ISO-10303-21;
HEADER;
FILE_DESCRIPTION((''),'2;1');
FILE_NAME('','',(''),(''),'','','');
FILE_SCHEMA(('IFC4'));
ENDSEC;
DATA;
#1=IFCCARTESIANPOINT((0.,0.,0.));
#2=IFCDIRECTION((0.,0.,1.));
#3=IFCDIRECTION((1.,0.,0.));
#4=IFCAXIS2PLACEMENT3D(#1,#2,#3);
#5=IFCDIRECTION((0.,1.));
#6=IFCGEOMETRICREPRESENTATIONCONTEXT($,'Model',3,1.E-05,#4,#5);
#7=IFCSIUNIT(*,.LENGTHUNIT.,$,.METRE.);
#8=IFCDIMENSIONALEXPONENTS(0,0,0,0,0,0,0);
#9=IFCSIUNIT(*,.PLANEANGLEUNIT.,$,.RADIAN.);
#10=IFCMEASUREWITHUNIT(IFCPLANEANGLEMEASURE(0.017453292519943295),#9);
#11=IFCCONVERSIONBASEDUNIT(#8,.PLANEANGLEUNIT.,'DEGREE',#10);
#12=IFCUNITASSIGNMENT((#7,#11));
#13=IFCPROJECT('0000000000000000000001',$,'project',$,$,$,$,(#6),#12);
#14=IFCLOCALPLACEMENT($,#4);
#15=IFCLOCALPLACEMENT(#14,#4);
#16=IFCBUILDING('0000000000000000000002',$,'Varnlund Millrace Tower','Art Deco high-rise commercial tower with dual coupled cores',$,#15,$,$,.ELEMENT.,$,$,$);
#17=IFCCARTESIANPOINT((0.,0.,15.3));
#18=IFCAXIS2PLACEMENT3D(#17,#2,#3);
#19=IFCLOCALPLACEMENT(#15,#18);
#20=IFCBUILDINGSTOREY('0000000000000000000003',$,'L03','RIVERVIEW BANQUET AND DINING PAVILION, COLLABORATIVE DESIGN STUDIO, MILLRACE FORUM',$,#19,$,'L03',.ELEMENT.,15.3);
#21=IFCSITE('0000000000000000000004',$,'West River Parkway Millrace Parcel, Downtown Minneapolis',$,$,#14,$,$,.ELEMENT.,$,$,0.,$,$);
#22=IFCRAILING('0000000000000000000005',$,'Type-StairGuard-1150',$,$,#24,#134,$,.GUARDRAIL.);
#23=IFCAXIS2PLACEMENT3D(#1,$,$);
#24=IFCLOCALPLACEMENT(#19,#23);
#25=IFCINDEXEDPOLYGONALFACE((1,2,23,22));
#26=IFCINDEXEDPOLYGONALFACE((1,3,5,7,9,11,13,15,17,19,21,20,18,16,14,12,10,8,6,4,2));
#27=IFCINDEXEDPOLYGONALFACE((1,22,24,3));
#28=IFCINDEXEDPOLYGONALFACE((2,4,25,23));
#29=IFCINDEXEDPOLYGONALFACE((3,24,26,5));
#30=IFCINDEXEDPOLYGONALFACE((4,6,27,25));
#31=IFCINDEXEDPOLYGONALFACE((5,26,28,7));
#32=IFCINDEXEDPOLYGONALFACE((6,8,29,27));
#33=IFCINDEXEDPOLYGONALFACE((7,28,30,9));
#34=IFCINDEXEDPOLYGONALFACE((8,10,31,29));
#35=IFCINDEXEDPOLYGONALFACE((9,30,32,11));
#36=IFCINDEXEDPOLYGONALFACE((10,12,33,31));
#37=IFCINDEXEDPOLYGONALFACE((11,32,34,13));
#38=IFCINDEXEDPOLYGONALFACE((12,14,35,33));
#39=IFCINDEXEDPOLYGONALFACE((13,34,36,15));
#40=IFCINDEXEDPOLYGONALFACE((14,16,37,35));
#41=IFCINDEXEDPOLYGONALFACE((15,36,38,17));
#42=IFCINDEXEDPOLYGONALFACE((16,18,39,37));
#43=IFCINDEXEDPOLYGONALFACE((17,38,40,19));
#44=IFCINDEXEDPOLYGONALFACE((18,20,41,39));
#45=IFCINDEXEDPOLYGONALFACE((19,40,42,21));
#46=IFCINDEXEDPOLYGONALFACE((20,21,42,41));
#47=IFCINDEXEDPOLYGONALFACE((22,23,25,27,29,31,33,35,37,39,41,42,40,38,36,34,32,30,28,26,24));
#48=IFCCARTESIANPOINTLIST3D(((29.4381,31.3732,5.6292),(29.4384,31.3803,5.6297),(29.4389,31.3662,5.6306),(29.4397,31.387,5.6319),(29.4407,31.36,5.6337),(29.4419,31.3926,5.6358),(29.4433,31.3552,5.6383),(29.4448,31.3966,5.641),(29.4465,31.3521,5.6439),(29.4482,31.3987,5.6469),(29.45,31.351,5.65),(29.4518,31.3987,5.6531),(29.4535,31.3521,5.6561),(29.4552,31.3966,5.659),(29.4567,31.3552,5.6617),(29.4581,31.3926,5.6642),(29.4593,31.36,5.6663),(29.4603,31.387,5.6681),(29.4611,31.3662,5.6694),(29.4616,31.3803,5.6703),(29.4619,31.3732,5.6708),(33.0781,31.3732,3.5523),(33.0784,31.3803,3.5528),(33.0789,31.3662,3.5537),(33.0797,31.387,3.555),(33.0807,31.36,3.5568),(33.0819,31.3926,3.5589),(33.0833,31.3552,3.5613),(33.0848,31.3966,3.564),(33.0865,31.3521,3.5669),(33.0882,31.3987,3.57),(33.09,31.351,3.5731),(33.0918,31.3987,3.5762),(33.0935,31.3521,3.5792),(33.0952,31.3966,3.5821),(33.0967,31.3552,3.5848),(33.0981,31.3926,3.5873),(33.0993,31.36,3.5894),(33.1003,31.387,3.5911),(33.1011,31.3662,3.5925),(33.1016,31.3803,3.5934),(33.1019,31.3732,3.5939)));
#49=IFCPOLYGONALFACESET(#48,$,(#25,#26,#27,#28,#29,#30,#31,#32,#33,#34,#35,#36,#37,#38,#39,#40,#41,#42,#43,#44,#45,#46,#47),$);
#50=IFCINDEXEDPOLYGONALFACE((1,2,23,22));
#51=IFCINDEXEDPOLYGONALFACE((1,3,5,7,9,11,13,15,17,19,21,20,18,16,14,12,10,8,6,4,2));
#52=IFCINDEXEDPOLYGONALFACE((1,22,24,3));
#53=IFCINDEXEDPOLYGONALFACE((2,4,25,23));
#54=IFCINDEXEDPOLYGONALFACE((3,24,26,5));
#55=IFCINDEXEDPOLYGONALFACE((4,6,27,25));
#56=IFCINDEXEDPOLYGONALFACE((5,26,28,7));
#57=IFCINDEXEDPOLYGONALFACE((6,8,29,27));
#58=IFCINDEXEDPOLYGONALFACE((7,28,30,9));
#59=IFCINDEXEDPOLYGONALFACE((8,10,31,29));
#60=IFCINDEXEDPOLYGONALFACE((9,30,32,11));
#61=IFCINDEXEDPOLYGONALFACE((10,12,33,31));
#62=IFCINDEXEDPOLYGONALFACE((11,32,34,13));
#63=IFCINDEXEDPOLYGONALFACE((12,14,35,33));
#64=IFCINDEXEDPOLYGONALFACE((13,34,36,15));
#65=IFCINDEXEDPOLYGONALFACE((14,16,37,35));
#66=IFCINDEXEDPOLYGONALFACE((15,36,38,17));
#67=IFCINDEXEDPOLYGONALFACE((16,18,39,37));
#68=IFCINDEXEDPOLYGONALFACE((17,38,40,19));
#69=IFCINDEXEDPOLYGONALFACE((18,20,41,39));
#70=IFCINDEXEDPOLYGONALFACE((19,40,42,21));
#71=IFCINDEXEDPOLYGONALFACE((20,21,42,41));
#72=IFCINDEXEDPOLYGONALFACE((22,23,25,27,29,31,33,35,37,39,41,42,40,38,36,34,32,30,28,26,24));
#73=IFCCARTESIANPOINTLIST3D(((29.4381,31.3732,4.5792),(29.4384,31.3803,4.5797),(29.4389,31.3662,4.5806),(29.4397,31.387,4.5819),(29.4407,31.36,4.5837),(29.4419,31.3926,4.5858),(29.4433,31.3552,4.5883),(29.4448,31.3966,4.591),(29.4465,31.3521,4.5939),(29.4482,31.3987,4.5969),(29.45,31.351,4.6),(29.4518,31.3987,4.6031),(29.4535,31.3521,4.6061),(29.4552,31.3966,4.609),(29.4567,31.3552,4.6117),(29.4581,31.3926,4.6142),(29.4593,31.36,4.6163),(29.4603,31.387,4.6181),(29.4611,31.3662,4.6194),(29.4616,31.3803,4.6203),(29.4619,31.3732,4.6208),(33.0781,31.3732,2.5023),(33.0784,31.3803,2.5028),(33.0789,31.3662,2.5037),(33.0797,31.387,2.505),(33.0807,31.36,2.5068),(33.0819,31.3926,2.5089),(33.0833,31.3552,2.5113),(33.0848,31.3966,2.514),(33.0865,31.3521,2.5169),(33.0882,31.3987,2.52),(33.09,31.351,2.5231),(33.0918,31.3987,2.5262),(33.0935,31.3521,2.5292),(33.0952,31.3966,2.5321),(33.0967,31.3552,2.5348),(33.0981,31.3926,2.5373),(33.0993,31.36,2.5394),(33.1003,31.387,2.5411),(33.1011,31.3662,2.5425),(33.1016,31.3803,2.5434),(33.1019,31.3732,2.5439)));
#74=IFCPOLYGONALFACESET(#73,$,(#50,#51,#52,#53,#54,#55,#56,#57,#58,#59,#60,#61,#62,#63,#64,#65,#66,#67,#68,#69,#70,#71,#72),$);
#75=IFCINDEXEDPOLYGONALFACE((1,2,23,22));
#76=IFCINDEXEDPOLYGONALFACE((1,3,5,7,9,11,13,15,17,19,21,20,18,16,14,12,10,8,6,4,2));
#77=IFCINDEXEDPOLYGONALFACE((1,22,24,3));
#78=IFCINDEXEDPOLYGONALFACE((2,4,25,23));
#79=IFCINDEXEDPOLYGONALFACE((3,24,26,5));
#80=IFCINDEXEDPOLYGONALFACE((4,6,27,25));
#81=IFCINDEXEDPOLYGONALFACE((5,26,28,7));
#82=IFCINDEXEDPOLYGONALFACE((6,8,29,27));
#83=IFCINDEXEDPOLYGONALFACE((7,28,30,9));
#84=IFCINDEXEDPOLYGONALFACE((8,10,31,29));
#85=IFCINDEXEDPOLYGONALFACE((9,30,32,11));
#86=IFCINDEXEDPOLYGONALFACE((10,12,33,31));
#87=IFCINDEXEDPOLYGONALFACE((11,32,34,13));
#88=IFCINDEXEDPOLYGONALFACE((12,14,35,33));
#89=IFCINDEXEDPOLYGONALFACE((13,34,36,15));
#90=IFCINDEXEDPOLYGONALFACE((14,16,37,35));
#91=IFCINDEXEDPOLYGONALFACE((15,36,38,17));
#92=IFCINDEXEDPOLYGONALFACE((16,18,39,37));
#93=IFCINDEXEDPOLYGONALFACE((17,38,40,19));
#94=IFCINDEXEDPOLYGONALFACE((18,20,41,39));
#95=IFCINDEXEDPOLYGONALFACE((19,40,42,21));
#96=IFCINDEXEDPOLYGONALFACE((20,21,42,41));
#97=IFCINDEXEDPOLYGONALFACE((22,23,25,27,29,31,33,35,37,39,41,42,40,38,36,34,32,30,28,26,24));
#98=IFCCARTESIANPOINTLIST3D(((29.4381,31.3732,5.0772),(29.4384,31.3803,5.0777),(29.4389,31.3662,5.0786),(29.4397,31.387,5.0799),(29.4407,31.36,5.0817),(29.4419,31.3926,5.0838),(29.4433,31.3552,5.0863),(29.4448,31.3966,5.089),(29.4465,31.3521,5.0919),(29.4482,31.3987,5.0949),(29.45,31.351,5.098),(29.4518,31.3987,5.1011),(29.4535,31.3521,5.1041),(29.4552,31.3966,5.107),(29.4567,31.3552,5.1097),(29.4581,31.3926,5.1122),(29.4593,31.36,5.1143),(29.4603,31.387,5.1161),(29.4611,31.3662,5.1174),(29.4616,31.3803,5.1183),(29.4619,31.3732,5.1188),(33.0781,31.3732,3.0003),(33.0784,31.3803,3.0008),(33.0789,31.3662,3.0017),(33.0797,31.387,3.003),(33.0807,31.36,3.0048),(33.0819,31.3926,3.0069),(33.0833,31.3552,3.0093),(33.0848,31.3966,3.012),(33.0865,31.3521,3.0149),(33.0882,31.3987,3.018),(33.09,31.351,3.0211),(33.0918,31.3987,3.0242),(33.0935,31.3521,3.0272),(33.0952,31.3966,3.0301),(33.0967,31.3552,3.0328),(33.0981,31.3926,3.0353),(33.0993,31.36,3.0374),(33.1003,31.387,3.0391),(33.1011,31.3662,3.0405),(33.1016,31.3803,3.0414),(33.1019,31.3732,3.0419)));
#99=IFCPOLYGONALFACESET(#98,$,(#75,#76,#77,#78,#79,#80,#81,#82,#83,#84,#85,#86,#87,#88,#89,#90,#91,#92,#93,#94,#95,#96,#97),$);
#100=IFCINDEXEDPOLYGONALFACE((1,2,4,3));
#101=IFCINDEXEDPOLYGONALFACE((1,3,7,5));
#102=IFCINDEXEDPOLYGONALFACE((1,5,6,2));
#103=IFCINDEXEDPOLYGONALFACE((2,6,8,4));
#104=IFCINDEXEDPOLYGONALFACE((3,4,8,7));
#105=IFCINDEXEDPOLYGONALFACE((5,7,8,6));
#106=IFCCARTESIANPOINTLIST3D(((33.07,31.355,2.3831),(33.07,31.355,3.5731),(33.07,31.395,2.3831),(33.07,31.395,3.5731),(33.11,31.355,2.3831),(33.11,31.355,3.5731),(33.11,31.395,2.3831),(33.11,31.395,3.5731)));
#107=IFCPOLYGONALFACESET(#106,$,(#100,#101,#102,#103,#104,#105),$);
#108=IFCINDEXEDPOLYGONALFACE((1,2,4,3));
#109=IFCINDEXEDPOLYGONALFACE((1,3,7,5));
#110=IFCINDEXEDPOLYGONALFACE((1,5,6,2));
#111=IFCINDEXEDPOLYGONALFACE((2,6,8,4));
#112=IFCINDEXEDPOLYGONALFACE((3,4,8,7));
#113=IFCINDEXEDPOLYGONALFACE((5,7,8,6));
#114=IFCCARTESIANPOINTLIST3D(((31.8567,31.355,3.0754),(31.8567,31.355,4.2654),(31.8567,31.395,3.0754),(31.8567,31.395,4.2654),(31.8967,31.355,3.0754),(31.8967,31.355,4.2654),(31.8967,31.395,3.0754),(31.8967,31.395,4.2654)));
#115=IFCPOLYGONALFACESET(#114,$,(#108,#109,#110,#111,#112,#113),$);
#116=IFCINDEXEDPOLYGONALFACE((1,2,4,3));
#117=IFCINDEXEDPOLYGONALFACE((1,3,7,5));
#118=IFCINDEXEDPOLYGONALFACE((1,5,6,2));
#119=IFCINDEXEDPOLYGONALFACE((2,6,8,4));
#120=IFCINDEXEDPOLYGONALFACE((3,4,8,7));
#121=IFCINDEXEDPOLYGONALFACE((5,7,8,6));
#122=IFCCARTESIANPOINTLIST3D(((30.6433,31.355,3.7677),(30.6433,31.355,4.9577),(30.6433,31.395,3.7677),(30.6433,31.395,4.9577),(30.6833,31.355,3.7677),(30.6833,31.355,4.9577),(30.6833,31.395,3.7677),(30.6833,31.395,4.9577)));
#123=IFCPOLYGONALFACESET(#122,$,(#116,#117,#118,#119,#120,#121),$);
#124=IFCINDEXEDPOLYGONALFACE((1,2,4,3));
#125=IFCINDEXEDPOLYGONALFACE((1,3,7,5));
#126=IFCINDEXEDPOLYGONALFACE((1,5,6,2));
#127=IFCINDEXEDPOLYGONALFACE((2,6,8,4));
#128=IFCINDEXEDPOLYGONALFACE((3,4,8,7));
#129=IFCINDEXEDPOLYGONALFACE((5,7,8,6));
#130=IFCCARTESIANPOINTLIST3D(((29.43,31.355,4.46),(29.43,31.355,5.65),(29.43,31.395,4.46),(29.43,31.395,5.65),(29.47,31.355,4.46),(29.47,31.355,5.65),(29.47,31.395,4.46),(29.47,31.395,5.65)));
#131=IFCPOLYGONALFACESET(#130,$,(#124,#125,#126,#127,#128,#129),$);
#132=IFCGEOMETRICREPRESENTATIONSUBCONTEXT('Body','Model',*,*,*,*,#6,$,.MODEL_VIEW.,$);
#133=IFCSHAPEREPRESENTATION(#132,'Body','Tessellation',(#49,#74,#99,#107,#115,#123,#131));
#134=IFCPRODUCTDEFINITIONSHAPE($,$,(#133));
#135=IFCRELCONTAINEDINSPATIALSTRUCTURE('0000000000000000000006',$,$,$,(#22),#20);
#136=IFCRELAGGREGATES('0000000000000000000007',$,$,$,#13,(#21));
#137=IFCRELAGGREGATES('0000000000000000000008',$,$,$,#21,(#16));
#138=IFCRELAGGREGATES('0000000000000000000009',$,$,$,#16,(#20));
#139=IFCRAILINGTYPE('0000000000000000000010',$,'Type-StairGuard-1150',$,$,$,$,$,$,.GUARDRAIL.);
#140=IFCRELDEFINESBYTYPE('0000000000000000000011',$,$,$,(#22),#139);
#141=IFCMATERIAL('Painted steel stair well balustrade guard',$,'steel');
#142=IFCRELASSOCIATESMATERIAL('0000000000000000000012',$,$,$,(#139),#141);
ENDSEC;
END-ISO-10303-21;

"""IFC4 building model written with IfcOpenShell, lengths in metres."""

from ifc_helpers import new_model, entity, si_unit, converted_unit, direction, frame, origin_with_axes, origin_2d_with_axis, place, context, subcontext, project, spatial, rectangle, circle, extrude, material, type_object, element, save


model = new_model("IFC4")

# Units and contexts
model_context = context("Model", 3, precision=1e-05, world=origin_with_axes(), true_north=direction((0.0, 1.0)))
body_context = subcontext(model_context, "Body", "Model", "MODEL_VIEW")
ifc_project = project(units=[si_unit("LENGTHUNIT", "METRE"), converted_unit("PLANEANGLEUNIT", "DEGREE", entity("IfcPlaneAngleMeasure", 0.017453292519943295), si_unit("PLANEANGLEUNIT", "RADIAN"), dimensions=[0, 0, 0, 0, 0, 0, 0])], contexts=[model_context])

# Site, building, storey
site_placement = place(None, origin_with_axes())
site = spatial("IfcSite", under=ifc_project, at=site_placement, Name="West River Parkway Millrace Parcel, Downtown Minneapolis", CompositionType="ELEMENT", RefElevation=0.0)
building_placement = place(site_placement, origin_with_axes())
building = spatial("IfcBuilding", under=site, at=building_placement, Name="Varnlund Millrace Tower", Description="Art Deco high-rise commercial tower with dual coupled cores", CompositionType="ELEMENT")
storey_placement = place(building_placement, frame((0.0, 0.0, 15.3), z_axis=(0.0, 0.0, 1.0), x_axis=(1.0, 0.0, 0.0)))
storey = spatial("IfcBuildingStorey", under=building, at=storey_placement, Name="L03", Description="RIVERVIEW BANQUET AND DINING PAVILION, COLLABORATIVE DESIGN STUDIO, MILLRACE FORUM", LongName="L03", CompositionType="ELEMENT", Elevation=15.3)

# Railing
ifc_material_1 = material(Name="Painted steel stair well balustrade guard", Category="steel")
railing_type_1 = type_object("IfcRailingType", Name="Type-StairGuard-1150", PredefinedType="GUARDRAIL", material=ifc_material_1)
railing_1_placement = place(storey_placement, frame((0.0, 0.0, -15.3), z_axis=(0.0, 0.0, 1.0), x_axis=(1.0, 0.0, 0.0)))
element("IfcRailing", 1, at=railing_1_placement, inside=storey, type_object=railing_type_1, Name="Type-StairGuard-1150", PredefinedType="GUARDRAIL", context=body_context, shape_type="SweptSolid", body=[
    extrude(circle(Radius=0.024, at=origin_2d_with_axis()), frame((33.09, 31.375, 18.8731), z_axis=(-0.868559, 0.0, 0.495585), x_axis=(0.0, -1.0, 0.0)), (0.0, 0.0, 1.0), 4.1908),
    extrude(circle(Radius=0.024, at=origin_2d_with_axis()), frame((33.09, 31.375, 17.8231), z_axis=(-0.868559, 0.0, 0.495585), x_axis=(0.0, -1.0, 0.0)), (0.0, 0.0, 1.0), 4.1908),
    extrude(circle(Radius=0.024, at=origin_2d_with_axis()), frame((33.09, 31.375, 18.3211), z_axis=(-0.868559, 0.0, 0.495585), x_axis=(0.0, -1.0, 0.0)), (0.0, 0.0, 1.0), 4.1908),
    extrude(rectangle(XDim=0.04, YDim=0.04, at=origin_2d_with_axis()), frame((33.09, 31.375, 17.6831), z_axis=(0.0, 0.0, 1.0), x_axis=(1.0, 0.0, 0.0)), (0.0, 0.0, 1.0), 1.19),
    extrude(rectangle(XDim=0.04, YDim=0.04, at=origin_2d_with_axis()), frame((31.8767, 31.375, 18.3754), z_axis=(0.0, 0.0, 1.0), x_axis=(1.0, 0.0, 0.0)), (0.0, 0.0, 1.0), 1.19),
    extrude(rectangle(XDim=0.04, YDim=0.04, at=origin_2d_with_axis()), frame((30.6633, 31.375, 19.0677), z_axis=(0.0, 0.0, 1.0), x_axis=(1.0, 0.0, 0.0)), (0.0, 0.0, 1.0), 1.19),
    extrude(rectangle(XDim=0.04, YDim=0.04, at=origin_2d_with_axis()), frame((29.45, 31.375, 19.76), z_axis=(0.0, 0.0, 1.0), x_axis=(1.0, 0.0, 0.0)), (0.0, 0.0, 1.0), 1.19),
])

save(model, "model.ifc")
